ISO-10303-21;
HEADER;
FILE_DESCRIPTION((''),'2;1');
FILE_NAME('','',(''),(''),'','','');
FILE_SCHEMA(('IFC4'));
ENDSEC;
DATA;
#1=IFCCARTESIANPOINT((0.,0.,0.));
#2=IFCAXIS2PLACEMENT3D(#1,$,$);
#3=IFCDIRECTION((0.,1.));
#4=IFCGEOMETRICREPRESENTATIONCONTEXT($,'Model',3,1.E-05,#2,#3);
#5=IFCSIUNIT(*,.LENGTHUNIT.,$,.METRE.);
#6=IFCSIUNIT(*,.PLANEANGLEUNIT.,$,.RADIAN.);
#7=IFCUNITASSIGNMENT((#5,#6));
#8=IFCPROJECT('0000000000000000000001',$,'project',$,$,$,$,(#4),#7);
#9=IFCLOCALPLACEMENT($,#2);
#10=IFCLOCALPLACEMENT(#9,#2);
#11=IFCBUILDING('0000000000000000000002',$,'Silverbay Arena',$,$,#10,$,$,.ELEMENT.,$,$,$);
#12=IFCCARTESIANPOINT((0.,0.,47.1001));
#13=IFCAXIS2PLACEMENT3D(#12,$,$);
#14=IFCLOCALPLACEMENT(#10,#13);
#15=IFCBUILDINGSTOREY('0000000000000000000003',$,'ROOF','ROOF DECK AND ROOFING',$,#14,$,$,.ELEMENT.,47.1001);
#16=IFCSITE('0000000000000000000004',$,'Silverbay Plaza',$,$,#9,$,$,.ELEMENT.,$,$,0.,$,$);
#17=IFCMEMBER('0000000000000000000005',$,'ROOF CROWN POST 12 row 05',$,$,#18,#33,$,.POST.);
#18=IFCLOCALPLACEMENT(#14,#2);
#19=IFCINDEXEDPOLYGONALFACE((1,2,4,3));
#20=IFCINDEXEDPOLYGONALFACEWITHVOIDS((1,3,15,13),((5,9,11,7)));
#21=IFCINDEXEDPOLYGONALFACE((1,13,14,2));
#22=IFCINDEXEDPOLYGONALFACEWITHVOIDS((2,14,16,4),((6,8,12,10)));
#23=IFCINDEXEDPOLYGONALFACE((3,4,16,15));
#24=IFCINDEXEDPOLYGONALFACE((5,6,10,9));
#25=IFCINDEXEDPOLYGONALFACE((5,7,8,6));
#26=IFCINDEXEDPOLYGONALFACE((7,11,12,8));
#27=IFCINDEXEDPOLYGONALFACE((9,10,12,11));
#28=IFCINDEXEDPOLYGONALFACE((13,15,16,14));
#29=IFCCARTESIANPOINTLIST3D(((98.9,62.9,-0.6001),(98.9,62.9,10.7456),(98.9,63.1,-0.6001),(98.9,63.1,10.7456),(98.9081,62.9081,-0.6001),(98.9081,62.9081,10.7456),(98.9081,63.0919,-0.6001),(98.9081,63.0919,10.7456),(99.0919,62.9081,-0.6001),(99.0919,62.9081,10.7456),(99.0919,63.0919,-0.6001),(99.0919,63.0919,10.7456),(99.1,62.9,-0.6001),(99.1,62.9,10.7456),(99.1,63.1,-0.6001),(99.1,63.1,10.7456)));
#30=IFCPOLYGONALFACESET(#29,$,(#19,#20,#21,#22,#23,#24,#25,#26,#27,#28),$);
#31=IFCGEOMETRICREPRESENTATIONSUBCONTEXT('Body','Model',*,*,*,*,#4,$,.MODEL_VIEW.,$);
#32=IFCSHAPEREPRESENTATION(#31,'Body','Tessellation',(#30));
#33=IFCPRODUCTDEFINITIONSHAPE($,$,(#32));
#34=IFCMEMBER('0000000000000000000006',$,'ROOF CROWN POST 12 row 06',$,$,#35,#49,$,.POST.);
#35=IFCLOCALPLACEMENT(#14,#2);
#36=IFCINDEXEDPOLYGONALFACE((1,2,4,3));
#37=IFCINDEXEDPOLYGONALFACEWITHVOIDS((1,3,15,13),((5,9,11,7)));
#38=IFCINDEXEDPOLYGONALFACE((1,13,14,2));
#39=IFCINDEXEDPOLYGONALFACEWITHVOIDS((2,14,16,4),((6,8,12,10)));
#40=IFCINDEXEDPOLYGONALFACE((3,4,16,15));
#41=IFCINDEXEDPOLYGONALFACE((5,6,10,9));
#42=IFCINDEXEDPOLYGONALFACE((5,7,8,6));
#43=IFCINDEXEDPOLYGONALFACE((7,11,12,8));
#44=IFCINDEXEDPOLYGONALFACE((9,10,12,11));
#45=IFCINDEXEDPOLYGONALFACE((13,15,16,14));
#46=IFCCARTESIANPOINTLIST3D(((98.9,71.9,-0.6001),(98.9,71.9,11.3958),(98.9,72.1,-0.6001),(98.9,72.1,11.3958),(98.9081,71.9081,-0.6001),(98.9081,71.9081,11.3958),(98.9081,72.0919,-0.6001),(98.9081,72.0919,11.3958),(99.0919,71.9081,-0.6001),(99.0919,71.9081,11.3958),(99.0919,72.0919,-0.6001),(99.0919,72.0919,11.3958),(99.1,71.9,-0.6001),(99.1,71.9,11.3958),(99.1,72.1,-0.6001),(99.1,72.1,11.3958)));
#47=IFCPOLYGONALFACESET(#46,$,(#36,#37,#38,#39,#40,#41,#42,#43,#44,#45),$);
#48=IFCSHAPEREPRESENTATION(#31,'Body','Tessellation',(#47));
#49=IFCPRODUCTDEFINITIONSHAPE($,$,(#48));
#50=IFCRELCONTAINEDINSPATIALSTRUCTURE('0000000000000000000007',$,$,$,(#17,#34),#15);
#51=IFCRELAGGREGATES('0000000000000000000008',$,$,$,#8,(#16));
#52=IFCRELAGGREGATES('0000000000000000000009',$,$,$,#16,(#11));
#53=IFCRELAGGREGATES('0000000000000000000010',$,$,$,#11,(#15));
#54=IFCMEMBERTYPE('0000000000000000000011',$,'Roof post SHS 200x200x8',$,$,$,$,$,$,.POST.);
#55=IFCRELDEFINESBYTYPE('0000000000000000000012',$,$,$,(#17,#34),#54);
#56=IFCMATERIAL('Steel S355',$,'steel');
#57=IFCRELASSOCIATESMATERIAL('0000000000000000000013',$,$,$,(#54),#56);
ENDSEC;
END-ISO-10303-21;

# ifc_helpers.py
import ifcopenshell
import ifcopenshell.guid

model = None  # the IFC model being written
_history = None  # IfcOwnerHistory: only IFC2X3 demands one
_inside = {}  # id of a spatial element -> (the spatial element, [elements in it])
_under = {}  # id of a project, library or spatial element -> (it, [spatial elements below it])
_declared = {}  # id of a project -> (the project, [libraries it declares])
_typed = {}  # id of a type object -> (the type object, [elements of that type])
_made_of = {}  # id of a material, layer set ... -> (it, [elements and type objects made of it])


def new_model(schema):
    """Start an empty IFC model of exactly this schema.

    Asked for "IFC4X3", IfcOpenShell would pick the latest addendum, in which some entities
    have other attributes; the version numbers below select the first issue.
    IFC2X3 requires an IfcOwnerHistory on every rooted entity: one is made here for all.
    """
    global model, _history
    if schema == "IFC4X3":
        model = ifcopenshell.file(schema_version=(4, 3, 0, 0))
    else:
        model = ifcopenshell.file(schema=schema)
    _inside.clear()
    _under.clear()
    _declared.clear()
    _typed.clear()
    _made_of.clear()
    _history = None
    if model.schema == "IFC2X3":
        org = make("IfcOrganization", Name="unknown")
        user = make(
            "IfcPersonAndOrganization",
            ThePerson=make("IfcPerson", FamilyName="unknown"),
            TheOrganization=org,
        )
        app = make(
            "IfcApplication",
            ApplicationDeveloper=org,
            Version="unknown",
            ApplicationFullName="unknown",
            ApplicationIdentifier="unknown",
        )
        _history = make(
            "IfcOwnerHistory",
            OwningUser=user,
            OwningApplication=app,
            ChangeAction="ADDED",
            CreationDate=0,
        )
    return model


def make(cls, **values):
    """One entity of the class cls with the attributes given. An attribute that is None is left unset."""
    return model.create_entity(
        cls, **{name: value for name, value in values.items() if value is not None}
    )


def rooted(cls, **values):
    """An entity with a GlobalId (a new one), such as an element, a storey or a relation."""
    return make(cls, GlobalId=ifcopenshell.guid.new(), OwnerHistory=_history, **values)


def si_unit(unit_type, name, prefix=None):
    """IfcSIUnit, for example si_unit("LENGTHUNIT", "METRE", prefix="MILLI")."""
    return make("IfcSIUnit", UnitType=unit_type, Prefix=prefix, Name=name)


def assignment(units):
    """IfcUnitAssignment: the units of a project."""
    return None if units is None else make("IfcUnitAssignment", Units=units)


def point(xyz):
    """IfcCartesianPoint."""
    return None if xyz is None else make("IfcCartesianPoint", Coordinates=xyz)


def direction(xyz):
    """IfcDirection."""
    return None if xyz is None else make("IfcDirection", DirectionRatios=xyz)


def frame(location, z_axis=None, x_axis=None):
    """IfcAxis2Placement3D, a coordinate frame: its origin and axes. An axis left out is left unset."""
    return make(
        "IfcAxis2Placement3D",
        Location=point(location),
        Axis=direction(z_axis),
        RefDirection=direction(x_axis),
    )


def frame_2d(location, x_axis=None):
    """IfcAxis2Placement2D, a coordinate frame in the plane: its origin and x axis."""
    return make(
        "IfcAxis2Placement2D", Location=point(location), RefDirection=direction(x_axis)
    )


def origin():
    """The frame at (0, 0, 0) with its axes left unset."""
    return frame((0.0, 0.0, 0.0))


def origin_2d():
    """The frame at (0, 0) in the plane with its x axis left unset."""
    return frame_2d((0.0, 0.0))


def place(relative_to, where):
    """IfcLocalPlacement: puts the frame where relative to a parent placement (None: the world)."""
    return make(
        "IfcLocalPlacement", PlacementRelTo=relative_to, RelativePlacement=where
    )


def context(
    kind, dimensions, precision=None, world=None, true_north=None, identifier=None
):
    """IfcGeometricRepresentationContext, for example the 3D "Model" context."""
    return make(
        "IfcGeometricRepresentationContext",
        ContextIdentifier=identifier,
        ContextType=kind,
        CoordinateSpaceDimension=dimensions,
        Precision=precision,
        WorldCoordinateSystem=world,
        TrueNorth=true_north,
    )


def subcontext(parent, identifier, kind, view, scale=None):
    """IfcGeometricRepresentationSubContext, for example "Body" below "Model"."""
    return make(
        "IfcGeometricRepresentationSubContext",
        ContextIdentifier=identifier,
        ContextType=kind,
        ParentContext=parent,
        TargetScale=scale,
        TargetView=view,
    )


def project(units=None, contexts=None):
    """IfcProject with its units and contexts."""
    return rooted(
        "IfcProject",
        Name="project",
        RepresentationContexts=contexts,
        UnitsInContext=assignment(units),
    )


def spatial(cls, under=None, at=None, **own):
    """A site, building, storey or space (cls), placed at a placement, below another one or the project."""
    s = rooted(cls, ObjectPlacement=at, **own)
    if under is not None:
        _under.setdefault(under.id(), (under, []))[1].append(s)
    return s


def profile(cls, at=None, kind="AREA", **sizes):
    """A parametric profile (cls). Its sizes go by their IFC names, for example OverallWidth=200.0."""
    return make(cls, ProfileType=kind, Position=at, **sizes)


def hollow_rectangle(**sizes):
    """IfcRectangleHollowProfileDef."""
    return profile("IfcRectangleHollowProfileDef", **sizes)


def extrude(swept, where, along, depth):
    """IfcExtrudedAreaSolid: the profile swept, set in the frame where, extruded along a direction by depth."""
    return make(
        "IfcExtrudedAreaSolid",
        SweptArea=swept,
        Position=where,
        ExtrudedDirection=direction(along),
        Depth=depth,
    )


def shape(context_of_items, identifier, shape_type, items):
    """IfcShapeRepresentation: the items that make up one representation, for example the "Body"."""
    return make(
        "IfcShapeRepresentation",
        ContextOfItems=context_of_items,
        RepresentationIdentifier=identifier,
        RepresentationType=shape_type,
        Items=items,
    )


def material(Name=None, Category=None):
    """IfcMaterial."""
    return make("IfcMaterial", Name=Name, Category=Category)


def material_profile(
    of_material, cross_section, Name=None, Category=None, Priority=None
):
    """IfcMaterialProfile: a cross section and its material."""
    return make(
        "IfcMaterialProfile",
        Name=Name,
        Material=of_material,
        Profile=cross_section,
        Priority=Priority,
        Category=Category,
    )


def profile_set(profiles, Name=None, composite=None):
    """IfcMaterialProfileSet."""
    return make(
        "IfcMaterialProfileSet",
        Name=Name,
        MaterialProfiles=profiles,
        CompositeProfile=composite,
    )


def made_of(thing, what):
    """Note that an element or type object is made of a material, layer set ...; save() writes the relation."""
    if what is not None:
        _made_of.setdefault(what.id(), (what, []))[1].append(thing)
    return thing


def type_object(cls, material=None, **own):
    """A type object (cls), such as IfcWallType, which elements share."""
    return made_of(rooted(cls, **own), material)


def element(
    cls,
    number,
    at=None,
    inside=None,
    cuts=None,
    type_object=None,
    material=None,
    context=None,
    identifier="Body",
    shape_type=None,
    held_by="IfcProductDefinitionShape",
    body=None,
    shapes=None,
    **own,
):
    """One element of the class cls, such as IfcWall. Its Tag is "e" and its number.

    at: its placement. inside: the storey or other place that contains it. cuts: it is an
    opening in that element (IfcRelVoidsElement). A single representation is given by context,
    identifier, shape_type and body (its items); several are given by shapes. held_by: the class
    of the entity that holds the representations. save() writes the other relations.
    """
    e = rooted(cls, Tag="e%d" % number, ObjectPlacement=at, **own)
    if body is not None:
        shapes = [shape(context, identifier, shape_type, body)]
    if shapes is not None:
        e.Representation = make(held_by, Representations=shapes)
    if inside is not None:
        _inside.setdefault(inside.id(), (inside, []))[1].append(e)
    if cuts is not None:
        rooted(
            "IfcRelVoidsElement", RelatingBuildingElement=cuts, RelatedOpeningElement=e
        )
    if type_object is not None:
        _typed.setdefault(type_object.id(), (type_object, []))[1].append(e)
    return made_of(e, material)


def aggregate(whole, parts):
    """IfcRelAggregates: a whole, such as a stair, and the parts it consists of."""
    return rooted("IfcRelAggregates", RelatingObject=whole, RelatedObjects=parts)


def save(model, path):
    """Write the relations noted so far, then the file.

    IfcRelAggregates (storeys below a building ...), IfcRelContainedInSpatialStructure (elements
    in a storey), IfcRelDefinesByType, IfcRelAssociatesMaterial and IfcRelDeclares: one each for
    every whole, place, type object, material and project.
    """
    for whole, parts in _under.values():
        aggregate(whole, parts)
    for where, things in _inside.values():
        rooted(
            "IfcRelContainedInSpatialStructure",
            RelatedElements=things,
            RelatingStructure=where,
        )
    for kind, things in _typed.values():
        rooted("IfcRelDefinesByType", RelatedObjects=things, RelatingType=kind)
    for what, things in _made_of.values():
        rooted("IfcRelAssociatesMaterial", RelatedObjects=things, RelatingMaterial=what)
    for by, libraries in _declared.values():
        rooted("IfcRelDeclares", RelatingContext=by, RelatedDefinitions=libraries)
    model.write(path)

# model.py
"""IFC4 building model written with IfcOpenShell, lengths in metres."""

from ifc_helpers import new_model, si_unit, direction, frame, origin, origin_2d, place, context, subcontext, project, spatial, hollow_rectangle, extrude, material, material_profile, profile_set, type_object, element, save


model = new_model("IFC4")

# Units and contexts
model_context = context("Model", 3, precision=1e-05, world=origin(), true_north=direction((0.0, 1.0)))
body_context = subcontext(model_context, "Body", "Model", "MODEL_VIEW")
ifc_project = project(units=[si_unit("LENGTHUNIT", "METRE"), si_unit("PLANEANGLEUNIT", "RADIAN")], contexts=[model_context])

# Site, building, storey
site_placement = place(None, origin())
site = spatial("IfcSite", under=ifc_project, at=site_placement, Name="Silverbay Plaza", CompositionType="ELEMENT", RefElevation=0.0)
building_placement = place(site_placement, origin())
building = spatial("IfcBuilding", under=site, at=building_placement, Name="Silverbay Arena", CompositionType="ELEMENT")
storey_placement = place(building_placement, frame((0.0, 0.0, 47.1001)))
storey = spatial("IfcBuildingStorey", under=building, at=storey_placement, Name="ROOF", Description="ROOF DECK AND ROOFING", CompositionType="ELEMENT", Elevation=47.1001)

# Members
ifc_material_1 = material(Name="Steel S355", Category="steel")
ifc_material_profile_1 = material_profile(ifc_material_1, hollow_rectangle(XDim=0.2, YDim=0.2, WallThickness=0.0081, at=origin_2d()), Name="SHS 200x200x8")
ifc_profile_set_1 = profile_set([ifc_material_profile_1], Name="Steel S355")
member_type_1 = type_object("IfcMemberType", Name="Roof post SHS 200x200x8", PredefinedType="POST", material=ifc_profile_set_1)
member_1_placement = place(storey_placement, frame((99.0, 63.0, -0.6001), z_axis=(0.0, 0.0, 1.0), x_axis=(1.0, 0.0, 0.0)))
element("IfcMember", 1, at=member_1_placement, inside=storey, type_object=member_type_1, Name="ROOF CROWN POST 12 row 05", PredefinedType="POST", context=body_context, shape_type="SweptSolid", body=[
    extrude(hollow_rectangle(XDim=0.2, YDim=0.2, WallThickness=0.0081, at=origin_2d()), origin(), (0.0, 0.0, 1.0), 11.3457),
])
member_2_placement = place(storey_placement, frame((99.0, 72.0, -0.6001), z_axis=(0.0, 0.0, 1.0), x_axis=(1.0, 0.0, 0.0)))
element("IfcMember", 2, at=member_2_placement, inside=storey, type_object=member_type_1, Name="ROOF CROWN POST 12 row 06", PredefinedType="POST", context=body_context, shape_type="SweptSolid", body=[
    extrude(hollow_rectangle(XDim=0.2, YDim=0.2, WallThickness=0.0081, at=origin_2d()), origin(), (0.0, 0.0, 1.0), 11.9958),
])

save(model, "model.ifc")
